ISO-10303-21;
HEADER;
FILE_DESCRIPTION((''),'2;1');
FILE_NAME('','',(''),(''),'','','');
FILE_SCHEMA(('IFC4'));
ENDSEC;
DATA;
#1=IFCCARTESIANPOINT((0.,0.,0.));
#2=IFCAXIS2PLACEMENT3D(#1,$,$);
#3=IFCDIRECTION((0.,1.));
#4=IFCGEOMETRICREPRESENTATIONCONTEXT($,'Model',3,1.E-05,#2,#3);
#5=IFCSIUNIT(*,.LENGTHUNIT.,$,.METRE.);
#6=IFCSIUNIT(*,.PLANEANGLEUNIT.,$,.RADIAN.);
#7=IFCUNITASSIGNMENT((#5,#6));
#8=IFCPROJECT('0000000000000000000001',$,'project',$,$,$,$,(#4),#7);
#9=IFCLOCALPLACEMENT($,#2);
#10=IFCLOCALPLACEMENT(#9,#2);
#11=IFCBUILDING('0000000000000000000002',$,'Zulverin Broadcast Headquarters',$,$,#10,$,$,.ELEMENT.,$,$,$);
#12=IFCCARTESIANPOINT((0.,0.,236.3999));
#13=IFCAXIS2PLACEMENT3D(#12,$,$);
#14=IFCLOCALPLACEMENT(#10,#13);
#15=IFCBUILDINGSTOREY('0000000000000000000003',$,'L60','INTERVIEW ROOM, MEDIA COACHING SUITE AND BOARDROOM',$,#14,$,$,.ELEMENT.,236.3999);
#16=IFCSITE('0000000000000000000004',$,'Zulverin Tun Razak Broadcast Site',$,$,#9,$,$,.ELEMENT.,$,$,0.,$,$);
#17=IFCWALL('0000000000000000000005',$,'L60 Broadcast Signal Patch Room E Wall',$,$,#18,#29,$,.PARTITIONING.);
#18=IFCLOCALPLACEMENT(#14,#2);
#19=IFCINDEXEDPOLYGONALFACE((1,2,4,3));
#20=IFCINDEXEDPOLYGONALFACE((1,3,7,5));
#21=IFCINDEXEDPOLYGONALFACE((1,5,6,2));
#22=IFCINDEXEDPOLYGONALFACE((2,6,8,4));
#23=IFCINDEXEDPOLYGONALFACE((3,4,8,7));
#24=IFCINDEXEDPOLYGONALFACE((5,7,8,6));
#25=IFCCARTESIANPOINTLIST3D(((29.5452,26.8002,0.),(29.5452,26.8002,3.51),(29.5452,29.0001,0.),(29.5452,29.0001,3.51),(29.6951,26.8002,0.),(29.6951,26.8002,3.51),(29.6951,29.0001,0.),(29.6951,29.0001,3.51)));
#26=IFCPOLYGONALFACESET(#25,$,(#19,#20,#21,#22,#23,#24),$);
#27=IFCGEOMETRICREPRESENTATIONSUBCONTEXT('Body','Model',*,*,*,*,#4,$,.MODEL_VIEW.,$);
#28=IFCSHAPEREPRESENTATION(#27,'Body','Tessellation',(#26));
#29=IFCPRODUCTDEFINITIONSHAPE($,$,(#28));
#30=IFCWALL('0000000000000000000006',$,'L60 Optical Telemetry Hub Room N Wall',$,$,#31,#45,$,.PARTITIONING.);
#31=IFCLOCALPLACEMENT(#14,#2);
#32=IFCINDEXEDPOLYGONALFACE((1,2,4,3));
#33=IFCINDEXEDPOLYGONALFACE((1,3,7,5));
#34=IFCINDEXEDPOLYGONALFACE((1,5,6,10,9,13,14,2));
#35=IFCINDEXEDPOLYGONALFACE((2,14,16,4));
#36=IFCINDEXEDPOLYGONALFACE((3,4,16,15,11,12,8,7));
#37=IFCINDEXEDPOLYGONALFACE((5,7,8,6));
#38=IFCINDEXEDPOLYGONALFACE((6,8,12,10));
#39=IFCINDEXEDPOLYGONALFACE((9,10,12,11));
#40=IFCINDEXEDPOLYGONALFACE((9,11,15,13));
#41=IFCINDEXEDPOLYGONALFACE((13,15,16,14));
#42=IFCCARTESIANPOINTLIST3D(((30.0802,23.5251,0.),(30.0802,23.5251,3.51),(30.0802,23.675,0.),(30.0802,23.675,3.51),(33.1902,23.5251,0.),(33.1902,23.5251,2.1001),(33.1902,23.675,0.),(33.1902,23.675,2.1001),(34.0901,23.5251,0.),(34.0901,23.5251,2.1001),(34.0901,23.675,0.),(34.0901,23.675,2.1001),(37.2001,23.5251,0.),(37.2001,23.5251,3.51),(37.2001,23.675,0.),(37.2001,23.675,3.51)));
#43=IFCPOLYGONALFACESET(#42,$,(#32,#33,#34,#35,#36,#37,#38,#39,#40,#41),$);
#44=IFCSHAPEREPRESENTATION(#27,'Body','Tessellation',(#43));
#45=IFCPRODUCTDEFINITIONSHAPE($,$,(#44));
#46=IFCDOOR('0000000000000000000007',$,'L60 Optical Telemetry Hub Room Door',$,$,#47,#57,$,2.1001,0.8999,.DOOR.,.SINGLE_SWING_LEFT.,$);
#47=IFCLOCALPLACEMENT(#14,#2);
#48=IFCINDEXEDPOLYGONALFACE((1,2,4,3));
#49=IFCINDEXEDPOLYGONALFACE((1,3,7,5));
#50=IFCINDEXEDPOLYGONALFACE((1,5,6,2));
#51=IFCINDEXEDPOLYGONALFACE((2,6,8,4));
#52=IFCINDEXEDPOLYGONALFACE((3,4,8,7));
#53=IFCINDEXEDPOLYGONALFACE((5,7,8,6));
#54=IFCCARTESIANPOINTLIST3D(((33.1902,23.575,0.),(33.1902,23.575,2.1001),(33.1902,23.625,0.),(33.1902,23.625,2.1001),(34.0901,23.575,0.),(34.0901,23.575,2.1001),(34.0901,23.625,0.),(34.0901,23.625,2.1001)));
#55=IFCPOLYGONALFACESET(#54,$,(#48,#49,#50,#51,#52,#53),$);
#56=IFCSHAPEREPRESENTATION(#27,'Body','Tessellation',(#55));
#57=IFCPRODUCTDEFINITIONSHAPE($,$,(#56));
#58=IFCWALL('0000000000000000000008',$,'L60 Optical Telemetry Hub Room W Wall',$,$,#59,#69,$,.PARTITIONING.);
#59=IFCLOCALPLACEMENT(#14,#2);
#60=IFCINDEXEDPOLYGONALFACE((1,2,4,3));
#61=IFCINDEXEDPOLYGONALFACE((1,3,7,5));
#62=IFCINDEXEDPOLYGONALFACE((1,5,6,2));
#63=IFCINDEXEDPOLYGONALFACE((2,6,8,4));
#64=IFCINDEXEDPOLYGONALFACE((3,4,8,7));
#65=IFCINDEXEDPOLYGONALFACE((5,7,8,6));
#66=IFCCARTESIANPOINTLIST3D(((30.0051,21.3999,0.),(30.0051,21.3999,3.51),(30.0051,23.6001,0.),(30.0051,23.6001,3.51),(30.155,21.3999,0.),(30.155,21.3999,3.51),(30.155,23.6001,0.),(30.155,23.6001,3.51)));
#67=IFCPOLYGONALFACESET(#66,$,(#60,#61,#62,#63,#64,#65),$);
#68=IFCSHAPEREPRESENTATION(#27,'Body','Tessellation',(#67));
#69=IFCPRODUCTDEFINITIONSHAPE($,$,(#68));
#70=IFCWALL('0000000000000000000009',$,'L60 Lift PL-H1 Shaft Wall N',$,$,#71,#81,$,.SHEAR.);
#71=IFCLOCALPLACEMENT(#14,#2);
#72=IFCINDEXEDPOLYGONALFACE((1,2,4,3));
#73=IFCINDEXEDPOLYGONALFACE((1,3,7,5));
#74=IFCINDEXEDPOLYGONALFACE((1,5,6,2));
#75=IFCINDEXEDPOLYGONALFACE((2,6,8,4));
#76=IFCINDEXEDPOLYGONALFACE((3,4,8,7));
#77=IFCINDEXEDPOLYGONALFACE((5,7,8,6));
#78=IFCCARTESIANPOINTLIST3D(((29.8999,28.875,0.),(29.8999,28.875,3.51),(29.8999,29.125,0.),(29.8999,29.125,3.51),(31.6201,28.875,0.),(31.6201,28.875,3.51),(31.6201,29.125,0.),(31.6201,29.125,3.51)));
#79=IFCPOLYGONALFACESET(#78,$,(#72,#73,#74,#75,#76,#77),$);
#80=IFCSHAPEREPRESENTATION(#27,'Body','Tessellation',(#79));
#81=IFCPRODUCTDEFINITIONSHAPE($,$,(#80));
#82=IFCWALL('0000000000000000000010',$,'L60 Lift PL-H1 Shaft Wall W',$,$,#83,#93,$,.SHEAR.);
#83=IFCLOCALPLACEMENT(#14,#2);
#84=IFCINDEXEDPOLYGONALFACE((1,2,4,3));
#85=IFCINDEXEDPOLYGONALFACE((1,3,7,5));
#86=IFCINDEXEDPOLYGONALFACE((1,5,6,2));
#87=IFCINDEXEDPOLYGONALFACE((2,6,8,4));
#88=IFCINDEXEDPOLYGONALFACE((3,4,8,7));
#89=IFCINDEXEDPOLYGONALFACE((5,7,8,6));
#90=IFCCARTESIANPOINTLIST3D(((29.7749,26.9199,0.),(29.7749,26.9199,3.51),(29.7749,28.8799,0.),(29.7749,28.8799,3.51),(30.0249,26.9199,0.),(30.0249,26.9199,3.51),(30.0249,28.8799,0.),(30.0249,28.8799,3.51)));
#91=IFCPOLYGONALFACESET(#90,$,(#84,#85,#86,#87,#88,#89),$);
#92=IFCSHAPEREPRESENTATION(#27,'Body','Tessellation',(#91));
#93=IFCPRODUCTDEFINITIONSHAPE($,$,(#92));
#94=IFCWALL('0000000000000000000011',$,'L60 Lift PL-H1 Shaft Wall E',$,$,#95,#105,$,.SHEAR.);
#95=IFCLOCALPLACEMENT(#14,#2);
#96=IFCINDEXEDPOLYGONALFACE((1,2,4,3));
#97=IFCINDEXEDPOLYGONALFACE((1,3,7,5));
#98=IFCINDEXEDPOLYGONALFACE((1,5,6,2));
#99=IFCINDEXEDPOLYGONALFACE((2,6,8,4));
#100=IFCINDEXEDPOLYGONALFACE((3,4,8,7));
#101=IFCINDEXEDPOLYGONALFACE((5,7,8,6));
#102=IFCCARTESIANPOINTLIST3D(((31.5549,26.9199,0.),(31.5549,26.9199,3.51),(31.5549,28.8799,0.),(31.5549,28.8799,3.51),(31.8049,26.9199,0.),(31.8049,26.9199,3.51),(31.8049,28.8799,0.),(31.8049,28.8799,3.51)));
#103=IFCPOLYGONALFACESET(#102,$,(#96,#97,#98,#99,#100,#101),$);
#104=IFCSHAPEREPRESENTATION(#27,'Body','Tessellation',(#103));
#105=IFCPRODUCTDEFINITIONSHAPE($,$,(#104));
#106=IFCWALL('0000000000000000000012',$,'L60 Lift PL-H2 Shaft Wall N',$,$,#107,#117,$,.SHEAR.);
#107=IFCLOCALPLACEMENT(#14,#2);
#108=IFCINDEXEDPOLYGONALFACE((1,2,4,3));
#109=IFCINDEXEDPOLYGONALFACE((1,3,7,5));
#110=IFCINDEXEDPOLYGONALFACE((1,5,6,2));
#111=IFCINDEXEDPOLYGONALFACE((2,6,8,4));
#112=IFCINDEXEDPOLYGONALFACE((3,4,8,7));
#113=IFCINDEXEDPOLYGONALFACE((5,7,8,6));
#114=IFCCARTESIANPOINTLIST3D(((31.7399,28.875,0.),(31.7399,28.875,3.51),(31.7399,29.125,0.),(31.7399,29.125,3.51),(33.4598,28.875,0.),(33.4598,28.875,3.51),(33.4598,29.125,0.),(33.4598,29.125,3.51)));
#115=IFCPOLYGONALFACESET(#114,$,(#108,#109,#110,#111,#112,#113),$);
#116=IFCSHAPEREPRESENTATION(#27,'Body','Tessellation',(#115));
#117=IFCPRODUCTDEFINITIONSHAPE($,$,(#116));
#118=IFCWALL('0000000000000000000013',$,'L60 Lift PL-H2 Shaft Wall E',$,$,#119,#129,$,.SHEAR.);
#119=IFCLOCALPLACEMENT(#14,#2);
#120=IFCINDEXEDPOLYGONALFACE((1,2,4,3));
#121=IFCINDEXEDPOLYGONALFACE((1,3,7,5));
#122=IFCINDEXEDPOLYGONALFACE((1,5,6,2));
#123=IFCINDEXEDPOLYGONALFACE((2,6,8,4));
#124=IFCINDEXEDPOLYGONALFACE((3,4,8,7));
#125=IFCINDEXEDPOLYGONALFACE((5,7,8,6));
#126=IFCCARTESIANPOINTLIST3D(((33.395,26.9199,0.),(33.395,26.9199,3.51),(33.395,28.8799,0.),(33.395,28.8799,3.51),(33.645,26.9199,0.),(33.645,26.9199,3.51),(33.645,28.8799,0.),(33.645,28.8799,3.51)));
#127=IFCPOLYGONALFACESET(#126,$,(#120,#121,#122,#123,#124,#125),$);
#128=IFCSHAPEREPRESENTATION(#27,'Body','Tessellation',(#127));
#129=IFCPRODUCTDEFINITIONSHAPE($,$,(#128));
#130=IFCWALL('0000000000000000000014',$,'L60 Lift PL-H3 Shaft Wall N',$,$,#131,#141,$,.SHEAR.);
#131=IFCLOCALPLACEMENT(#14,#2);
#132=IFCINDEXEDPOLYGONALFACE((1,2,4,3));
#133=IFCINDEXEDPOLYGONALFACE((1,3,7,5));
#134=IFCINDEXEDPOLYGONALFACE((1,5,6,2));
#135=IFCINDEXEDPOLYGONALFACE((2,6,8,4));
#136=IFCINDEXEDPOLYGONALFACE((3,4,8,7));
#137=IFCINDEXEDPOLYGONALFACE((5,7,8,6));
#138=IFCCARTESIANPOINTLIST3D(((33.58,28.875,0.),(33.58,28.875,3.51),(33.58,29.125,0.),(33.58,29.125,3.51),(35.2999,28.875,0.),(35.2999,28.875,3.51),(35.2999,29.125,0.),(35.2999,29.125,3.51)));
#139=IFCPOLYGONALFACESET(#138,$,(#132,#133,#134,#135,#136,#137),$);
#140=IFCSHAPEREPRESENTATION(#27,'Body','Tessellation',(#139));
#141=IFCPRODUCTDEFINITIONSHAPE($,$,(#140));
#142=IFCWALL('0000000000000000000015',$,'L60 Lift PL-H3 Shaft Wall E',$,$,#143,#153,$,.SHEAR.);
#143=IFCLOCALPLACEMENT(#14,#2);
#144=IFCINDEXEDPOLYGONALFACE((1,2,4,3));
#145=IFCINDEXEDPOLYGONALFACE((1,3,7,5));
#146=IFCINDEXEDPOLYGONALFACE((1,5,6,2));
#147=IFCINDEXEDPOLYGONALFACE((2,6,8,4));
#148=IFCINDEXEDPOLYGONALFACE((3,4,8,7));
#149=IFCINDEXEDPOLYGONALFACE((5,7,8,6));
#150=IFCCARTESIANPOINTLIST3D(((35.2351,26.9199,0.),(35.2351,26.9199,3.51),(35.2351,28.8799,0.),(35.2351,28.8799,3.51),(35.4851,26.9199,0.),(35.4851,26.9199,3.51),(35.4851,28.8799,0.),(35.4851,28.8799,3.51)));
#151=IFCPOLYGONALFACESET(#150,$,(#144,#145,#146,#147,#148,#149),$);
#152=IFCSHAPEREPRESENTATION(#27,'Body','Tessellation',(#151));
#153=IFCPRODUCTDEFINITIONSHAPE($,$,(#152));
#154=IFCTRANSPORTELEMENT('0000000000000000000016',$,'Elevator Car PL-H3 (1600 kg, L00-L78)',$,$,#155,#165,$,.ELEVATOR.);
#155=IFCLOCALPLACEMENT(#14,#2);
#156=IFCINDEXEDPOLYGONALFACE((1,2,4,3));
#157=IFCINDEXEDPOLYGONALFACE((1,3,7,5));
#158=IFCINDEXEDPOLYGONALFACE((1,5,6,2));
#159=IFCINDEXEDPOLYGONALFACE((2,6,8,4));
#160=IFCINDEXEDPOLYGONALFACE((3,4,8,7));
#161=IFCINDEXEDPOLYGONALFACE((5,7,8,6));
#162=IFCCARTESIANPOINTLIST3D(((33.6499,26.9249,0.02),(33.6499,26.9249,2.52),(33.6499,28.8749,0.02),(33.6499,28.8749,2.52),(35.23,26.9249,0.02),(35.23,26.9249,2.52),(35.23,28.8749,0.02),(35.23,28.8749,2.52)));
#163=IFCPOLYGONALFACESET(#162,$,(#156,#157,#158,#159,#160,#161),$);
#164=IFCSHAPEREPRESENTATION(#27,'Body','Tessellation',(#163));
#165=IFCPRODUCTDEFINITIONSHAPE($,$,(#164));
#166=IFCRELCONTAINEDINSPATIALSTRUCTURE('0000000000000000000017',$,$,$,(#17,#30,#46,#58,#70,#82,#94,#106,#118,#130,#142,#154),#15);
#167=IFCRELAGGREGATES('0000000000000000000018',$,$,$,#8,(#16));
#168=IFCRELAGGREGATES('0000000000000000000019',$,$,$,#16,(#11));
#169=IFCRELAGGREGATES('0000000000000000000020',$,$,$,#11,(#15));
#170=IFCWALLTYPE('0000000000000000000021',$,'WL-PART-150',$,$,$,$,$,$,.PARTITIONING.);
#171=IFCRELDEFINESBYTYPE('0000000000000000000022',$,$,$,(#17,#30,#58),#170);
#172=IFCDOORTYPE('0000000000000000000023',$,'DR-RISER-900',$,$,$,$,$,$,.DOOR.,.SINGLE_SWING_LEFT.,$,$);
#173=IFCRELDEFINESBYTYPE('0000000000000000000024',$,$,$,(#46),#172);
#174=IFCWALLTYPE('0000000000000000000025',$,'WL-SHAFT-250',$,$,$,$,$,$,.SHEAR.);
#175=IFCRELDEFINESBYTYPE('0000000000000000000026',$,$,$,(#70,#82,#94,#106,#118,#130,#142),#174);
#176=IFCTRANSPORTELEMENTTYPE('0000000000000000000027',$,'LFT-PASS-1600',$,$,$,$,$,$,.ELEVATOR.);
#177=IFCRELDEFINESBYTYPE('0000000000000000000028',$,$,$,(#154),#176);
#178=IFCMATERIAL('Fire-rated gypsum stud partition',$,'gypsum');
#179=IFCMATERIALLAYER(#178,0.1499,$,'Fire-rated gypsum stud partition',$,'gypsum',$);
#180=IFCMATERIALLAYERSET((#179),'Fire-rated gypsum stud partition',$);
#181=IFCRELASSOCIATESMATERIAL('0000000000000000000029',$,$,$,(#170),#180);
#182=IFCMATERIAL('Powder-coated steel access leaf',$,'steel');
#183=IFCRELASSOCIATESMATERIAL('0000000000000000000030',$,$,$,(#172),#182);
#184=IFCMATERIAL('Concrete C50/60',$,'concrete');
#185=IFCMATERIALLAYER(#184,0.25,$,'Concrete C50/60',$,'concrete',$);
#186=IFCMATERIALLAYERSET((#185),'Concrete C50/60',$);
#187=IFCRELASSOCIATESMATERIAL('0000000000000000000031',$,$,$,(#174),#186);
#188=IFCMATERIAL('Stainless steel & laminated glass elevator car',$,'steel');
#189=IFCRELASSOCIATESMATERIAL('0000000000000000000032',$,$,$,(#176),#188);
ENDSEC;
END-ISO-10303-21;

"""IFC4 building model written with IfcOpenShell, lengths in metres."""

from ifc_helpers import new_model, si_unit, direction, frame, frame_2d, origin, origin_2d, place, context, subcontext, project, spatial, rectangle, extrude, material, layer, layer_set, type_object, element, fill, save


model = new_model("IFC4")

# Units and contexts
model_context = context("Model", 3, precision=1e-05, world=origin(), true_north=direction((0.0, 1.0)))
body_context = subcontext(model_context, "Body", "Model", "MODEL_VIEW")
ifc_project = project(units=[si_unit("LENGTHUNIT", "METRE"), si_unit("PLANEANGLEUNIT", "RADIAN")], contexts=[model_context])

# Site, building, storey
site_placement = place(None, origin())
site = spatial("IfcSite", under=ifc_project, at=site_placement, Name="Zulverin Tun Razak Broadcast Site", CompositionType="ELEMENT", RefElevation=0.0)
building_placement = place(site_placement, origin())
building = spatial("IfcBuilding", under=site, at=building_placement, Name="Zulverin Broadcast Headquarters", CompositionType="ELEMENT")
storey_placement = place(building_placement, frame((0.0, 0.0, 236.3999)))
storey = spatial("IfcBuildingStorey", under=building, at=storey_placement, Name="L60", Description="INTERVIEW ROOM, MEDIA COACHING SUITE AND BOARDROOM", CompositionType="ELEMENT", Elevation=236.3999)

# Wall
ifc_material_1 = material(Name="Fire-rated gypsum stud partition", Category="gypsum")
ifc_layer_1 = layer(ifc_material_1, 0.1499, Name="Fire-rated gypsum stud partition", Category="gypsum")
ifc_layer_set_1 = layer_set([ifc_layer_1], Name="Fire-rated gypsum stud partition")
wall_type_1 = type_object("IfcWallType", Name="WL-PART-150", PredefinedType="PARTITIONING", material=ifc_layer_set_1)
wall_1_placement = place(storey_placement, frame((29.6201, 26.8, 0.0), z_axis=(0.0, 0.0, 1.0), x_axis=(0.0, 1.0, 0.0)))
element("IfcWall", 1, at=wall_1_placement, inside=storey, type_object=wall_type_1, Name="L60 Broadcast Signal Patch Room E Wall", PredefinedType="PARTITIONING", context=body_context, shape_type="SweptSolid", body=[
    extrude(rectangle(XDim=2.2, YDim=0.1499, at=frame_2d((1.1001, 0.0))), origin(), (0.0, 0.0, 1.0), 3.51),
])

# Wall, opening, door
wall_2_placement = place(storey_placement, frame((30.0801, 23.6001, 0.0), z_axis=(0.0, 0.0, 1.0), x_axis=(1.0, 0.0, 0.0)))
wall_2 = element("IfcWall", 2, at=wall_2_placement, inside=storey, type_object=wall_type_1, Name="L60 Optical Telemetry Hub Room N Wall", PredefinedType="PARTITIONING", context=body_context, shape_type="SweptSolid", body=[
    extrude(rectangle(XDim=7.1199, YDim=0.1499, at=frame_2d((3.5601, 0.0))), origin(), (0.0, 0.0, 1.0), 3.51),
])
opening_1_placement = place(wall_2_placement, frame((3.1101, 0.0, 0.0)))
opening_1 = element("IfcOpeningElement", 3, at=opening_1_placement, cuts=wall_2, PredefinedType="OPENING", context=body_context, shape_type="SweptSolid", body=[
    extrude(rectangle(XDim=0.8999, YDim=2.1001, at=frame_2d((0.45, 1.05))), frame((0.0, 0.085, 0.0), z_axis=(0.0, -1.0, 0.0), x_axis=(1.0, 0.0, 0.0)), (0.0, 0.0, 1.0), 0.1699),
])
ifc_material_2 = material(Name="Powder-coated steel access leaf", Category="steel")
door_type_1 = type_object("IfcDoorType", Name="DR-RISER-900", OperationType="SINGLE_SWING_LEFT", PredefinedType="DOOR", material=ifc_material_2)
door_1_placement = place(opening_1_placement, origin())
door_1 = element("IfcDoor", 4, at=door_1_placement, inside=storey, type_object=door_type_1, Name="L60 Optical Telemetry Hub Room Door", OperationType="SINGLE_SWING_LEFT", OverallHeight=2.1001, OverallWidth=0.8999, PredefinedType="DOOR", context=body_context, shape_type="SweptSolid", body=[
    extrude(rectangle(XDim=0.8999, YDim=2.1001, at=frame_2d((0.45, 1.05))), frame((0.0, 0.0249, 0.0), z_axis=(0.0, -1.0, 0.0), x_axis=(1.0, 0.0, 0.0)), (0.0, 0.0, 1.0), 0.05),
])
fill(opening_1, door_1)

# Wall
wall_3_placement = place(storey_placement, frame((30.0801, 21.3999, 0.0), z_axis=(0.0, 0.0, 1.0), x_axis=(0.0, 1.0, 0.0)))
element("IfcWall", 5, at=wall_3_placement, inside=storey, type_object=wall_type_1, Name="L60 Optical Telemetry Hub Room W Wall", PredefinedType="PARTITIONING", context=body_context, shape_type="SweptSolid", body=[
    extrude(rectangle(XDim=2.2002, YDim=0.1499, at=frame_2d((1.1001, 0.0))), origin(), (0.0, 0.0, 1.0), 3.51),
])

# Shared definitions
ifc_material_3 = material(Name="Concrete C50/60", Category="concrete")
ifc_layer_2 = layer(ifc_material_3, 0.25, Name="Concrete C50/60", Category="concrete")
ifc_layer_set_2 = layer_set([ifc_layer_2], Name="Concrete C50/60")
wall_type_2 = type_object("IfcWallType", Name="WL-SHAFT-250", PredefinedType="SHEAR", material=ifc_layer_set_2)

# Walls
wall_4_placement = place(storey_placement, frame((29.8999, 29.0, 0.0), z_axis=(0.0, 0.0, 1.0), x_axis=(1.0, 0.0, 0.0)))
element("IfcWall", 6, at=wall_4_placement, inside=storey, type_object=wall_type_2, Name="L60 Lift PL-H1 Shaft Wall N", PredefinedType="SHEAR", context=body_context, shape_type="SweptSolid", body=[
    extrude(rectangle(XDim=1.7202, YDim=0.25, at=frame_2d((0.8601, 0.0))), origin(), (0.0, 0.0, 1.0), 3.51),
])
for number, where, z_axis, x_axis, name in (
    (7, (29.8999, 26.9199, 0.0), (0.0, 0.0, 1.0), (0.0, 1.0, 0.0), "L60 Lift PL-H1 Shaft Wall W"),
    (8, (31.6799, 26.9199, 0.0), (0.0, 0.0, 1.0), (0.0, 1.0, 0.0), "L60 Lift PL-H1 Shaft Wall E"),
):
    element("IfcWall", number, at=place(storey_placement, frame(where, z_axis=z_axis, x_axis=x_axis)), inside=storey, type_object=wall_type_2, Name=name, PredefinedType="SHEAR", context=body_context, shape_type="SweptSolid", body=[
        extrude(rectangle(XDim=1.96, YDim=0.25, at=frame_2d((0.98, 0.0))), origin(), (0.0, 0.0, 1.0), 3.51),
    ])

# Walls
wall_5_placement = place(storey_placement, frame((31.74, 29.0, 0.0), z_axis=(0.0, 0.0, 1.0), x_axis=(1.0, 0.0, 0.0)))
element("IfcWall", 9, at=wall_5_placement, inside=storey, type_object=wall_type_2, Name="L60 Lift PL-H2 Shaft Wall N", PredefinedType="SHEAR", context=body_context, shape_type="SweptSolid", body=[
    extrude(rectangle(XDim=1.72, YDim=0.25, at=frame_2d((0.8599, 0.0))), origin(), (0.0, 0.0, 1.0), 3.51),
])
wall_6_placement = place(storey_placement, frame((33.52, 26.9199, 0.0), z_axis=(0.0, 0.0, 1.0), x_axis=(0.0, 1.0, 0.0)))
element("IfcWall", 10, at=wall_6_placement, inside=storey, type_object=wall_type_2, Name="L60 Lift PL-H2 Shaft Wall E", PredefinedType="SHEAR", context=body_context, shape_type="SweptSolid", body=[
    extrude(rectangle(XDim=1.96, YDim=0.25, at=frame_2d((0.98, 0.0))), origin(), (0.0, 0.0, 1.0), 3.51),
])

# Walls
wall_7_placement = place(storey_placement, frame((33.5801, 29.0, 0.0), z_axis=(0.0, 0.0, 1.0), x_axis=(1.0, 0.0, 0.0)))
element("IfcWall", 11, at=wall_7_placement, inside=storey, type_object=wall_type_2, Name="L60 Lift PL-H3 Shaft Wall N", PredefinedType="SHEAR", context=body_context, shape_type="SweptSolid", body=[
    extrude(rectangle(XDim=1.72, YDim=0.25, at=frame_2d((0.8599, 0.0))), origin(), (0.0, 0.0, 1.0), 3.51),
])
wall_8_placement = place(storey_placement, frame((35.3601, 26.9199, 0.0), z_axis=(0.0, 0.0, 1.0), x_axis=(0.0, 1.0, 0.0)))
element("IfcWall", 12, at=wall_8_placement, inside=storey, type_object=wall_type_2, Name="L60 Lift PL-H3 Shaft Wall E", PredefinedType="SHEAR", context=body_context, shape_type="SweptSolid", body=[
    extrude(rectangle(XDim=1.96, YDim=0.25, at=frame_2d((0.98, 0.0))), origin(), (0.0, 0.0, 1.0), 3.51),
])

# Transport element
ifc_material_4 = material(Name="Stainless steel & laminated glass elevator car", Category="steel")
transport_element_type = type_object("IfcTransportElementType", Name="LFT-PASS-1600", PredefinedType="ELEVATOR", material=ifc_material_4)
transport_element_placement = place(storey_placement, frame((34.4399, 27.8999, 0.02), z_axis=(0.0, 0.0, 1.0), x_axis=(1.0, 0.0, 0.0)))
element("IfcTransportElement", 13, at=transport_element_placement, inside=storey, type_object=transport_element_type, Name="Elevator Car PL-H3 (1600 kg, L00-L78)", PredefinedType="ELEVATOR", context=body_context, shape_type="SweptSolid", body=[
    extrude(rectangle(XDim=1.5801, YDim=1.95, at=origin_2d()), origin(), (0.0, 0.0, 1.0), 2.5),
])

save(model, "model.ifc")
